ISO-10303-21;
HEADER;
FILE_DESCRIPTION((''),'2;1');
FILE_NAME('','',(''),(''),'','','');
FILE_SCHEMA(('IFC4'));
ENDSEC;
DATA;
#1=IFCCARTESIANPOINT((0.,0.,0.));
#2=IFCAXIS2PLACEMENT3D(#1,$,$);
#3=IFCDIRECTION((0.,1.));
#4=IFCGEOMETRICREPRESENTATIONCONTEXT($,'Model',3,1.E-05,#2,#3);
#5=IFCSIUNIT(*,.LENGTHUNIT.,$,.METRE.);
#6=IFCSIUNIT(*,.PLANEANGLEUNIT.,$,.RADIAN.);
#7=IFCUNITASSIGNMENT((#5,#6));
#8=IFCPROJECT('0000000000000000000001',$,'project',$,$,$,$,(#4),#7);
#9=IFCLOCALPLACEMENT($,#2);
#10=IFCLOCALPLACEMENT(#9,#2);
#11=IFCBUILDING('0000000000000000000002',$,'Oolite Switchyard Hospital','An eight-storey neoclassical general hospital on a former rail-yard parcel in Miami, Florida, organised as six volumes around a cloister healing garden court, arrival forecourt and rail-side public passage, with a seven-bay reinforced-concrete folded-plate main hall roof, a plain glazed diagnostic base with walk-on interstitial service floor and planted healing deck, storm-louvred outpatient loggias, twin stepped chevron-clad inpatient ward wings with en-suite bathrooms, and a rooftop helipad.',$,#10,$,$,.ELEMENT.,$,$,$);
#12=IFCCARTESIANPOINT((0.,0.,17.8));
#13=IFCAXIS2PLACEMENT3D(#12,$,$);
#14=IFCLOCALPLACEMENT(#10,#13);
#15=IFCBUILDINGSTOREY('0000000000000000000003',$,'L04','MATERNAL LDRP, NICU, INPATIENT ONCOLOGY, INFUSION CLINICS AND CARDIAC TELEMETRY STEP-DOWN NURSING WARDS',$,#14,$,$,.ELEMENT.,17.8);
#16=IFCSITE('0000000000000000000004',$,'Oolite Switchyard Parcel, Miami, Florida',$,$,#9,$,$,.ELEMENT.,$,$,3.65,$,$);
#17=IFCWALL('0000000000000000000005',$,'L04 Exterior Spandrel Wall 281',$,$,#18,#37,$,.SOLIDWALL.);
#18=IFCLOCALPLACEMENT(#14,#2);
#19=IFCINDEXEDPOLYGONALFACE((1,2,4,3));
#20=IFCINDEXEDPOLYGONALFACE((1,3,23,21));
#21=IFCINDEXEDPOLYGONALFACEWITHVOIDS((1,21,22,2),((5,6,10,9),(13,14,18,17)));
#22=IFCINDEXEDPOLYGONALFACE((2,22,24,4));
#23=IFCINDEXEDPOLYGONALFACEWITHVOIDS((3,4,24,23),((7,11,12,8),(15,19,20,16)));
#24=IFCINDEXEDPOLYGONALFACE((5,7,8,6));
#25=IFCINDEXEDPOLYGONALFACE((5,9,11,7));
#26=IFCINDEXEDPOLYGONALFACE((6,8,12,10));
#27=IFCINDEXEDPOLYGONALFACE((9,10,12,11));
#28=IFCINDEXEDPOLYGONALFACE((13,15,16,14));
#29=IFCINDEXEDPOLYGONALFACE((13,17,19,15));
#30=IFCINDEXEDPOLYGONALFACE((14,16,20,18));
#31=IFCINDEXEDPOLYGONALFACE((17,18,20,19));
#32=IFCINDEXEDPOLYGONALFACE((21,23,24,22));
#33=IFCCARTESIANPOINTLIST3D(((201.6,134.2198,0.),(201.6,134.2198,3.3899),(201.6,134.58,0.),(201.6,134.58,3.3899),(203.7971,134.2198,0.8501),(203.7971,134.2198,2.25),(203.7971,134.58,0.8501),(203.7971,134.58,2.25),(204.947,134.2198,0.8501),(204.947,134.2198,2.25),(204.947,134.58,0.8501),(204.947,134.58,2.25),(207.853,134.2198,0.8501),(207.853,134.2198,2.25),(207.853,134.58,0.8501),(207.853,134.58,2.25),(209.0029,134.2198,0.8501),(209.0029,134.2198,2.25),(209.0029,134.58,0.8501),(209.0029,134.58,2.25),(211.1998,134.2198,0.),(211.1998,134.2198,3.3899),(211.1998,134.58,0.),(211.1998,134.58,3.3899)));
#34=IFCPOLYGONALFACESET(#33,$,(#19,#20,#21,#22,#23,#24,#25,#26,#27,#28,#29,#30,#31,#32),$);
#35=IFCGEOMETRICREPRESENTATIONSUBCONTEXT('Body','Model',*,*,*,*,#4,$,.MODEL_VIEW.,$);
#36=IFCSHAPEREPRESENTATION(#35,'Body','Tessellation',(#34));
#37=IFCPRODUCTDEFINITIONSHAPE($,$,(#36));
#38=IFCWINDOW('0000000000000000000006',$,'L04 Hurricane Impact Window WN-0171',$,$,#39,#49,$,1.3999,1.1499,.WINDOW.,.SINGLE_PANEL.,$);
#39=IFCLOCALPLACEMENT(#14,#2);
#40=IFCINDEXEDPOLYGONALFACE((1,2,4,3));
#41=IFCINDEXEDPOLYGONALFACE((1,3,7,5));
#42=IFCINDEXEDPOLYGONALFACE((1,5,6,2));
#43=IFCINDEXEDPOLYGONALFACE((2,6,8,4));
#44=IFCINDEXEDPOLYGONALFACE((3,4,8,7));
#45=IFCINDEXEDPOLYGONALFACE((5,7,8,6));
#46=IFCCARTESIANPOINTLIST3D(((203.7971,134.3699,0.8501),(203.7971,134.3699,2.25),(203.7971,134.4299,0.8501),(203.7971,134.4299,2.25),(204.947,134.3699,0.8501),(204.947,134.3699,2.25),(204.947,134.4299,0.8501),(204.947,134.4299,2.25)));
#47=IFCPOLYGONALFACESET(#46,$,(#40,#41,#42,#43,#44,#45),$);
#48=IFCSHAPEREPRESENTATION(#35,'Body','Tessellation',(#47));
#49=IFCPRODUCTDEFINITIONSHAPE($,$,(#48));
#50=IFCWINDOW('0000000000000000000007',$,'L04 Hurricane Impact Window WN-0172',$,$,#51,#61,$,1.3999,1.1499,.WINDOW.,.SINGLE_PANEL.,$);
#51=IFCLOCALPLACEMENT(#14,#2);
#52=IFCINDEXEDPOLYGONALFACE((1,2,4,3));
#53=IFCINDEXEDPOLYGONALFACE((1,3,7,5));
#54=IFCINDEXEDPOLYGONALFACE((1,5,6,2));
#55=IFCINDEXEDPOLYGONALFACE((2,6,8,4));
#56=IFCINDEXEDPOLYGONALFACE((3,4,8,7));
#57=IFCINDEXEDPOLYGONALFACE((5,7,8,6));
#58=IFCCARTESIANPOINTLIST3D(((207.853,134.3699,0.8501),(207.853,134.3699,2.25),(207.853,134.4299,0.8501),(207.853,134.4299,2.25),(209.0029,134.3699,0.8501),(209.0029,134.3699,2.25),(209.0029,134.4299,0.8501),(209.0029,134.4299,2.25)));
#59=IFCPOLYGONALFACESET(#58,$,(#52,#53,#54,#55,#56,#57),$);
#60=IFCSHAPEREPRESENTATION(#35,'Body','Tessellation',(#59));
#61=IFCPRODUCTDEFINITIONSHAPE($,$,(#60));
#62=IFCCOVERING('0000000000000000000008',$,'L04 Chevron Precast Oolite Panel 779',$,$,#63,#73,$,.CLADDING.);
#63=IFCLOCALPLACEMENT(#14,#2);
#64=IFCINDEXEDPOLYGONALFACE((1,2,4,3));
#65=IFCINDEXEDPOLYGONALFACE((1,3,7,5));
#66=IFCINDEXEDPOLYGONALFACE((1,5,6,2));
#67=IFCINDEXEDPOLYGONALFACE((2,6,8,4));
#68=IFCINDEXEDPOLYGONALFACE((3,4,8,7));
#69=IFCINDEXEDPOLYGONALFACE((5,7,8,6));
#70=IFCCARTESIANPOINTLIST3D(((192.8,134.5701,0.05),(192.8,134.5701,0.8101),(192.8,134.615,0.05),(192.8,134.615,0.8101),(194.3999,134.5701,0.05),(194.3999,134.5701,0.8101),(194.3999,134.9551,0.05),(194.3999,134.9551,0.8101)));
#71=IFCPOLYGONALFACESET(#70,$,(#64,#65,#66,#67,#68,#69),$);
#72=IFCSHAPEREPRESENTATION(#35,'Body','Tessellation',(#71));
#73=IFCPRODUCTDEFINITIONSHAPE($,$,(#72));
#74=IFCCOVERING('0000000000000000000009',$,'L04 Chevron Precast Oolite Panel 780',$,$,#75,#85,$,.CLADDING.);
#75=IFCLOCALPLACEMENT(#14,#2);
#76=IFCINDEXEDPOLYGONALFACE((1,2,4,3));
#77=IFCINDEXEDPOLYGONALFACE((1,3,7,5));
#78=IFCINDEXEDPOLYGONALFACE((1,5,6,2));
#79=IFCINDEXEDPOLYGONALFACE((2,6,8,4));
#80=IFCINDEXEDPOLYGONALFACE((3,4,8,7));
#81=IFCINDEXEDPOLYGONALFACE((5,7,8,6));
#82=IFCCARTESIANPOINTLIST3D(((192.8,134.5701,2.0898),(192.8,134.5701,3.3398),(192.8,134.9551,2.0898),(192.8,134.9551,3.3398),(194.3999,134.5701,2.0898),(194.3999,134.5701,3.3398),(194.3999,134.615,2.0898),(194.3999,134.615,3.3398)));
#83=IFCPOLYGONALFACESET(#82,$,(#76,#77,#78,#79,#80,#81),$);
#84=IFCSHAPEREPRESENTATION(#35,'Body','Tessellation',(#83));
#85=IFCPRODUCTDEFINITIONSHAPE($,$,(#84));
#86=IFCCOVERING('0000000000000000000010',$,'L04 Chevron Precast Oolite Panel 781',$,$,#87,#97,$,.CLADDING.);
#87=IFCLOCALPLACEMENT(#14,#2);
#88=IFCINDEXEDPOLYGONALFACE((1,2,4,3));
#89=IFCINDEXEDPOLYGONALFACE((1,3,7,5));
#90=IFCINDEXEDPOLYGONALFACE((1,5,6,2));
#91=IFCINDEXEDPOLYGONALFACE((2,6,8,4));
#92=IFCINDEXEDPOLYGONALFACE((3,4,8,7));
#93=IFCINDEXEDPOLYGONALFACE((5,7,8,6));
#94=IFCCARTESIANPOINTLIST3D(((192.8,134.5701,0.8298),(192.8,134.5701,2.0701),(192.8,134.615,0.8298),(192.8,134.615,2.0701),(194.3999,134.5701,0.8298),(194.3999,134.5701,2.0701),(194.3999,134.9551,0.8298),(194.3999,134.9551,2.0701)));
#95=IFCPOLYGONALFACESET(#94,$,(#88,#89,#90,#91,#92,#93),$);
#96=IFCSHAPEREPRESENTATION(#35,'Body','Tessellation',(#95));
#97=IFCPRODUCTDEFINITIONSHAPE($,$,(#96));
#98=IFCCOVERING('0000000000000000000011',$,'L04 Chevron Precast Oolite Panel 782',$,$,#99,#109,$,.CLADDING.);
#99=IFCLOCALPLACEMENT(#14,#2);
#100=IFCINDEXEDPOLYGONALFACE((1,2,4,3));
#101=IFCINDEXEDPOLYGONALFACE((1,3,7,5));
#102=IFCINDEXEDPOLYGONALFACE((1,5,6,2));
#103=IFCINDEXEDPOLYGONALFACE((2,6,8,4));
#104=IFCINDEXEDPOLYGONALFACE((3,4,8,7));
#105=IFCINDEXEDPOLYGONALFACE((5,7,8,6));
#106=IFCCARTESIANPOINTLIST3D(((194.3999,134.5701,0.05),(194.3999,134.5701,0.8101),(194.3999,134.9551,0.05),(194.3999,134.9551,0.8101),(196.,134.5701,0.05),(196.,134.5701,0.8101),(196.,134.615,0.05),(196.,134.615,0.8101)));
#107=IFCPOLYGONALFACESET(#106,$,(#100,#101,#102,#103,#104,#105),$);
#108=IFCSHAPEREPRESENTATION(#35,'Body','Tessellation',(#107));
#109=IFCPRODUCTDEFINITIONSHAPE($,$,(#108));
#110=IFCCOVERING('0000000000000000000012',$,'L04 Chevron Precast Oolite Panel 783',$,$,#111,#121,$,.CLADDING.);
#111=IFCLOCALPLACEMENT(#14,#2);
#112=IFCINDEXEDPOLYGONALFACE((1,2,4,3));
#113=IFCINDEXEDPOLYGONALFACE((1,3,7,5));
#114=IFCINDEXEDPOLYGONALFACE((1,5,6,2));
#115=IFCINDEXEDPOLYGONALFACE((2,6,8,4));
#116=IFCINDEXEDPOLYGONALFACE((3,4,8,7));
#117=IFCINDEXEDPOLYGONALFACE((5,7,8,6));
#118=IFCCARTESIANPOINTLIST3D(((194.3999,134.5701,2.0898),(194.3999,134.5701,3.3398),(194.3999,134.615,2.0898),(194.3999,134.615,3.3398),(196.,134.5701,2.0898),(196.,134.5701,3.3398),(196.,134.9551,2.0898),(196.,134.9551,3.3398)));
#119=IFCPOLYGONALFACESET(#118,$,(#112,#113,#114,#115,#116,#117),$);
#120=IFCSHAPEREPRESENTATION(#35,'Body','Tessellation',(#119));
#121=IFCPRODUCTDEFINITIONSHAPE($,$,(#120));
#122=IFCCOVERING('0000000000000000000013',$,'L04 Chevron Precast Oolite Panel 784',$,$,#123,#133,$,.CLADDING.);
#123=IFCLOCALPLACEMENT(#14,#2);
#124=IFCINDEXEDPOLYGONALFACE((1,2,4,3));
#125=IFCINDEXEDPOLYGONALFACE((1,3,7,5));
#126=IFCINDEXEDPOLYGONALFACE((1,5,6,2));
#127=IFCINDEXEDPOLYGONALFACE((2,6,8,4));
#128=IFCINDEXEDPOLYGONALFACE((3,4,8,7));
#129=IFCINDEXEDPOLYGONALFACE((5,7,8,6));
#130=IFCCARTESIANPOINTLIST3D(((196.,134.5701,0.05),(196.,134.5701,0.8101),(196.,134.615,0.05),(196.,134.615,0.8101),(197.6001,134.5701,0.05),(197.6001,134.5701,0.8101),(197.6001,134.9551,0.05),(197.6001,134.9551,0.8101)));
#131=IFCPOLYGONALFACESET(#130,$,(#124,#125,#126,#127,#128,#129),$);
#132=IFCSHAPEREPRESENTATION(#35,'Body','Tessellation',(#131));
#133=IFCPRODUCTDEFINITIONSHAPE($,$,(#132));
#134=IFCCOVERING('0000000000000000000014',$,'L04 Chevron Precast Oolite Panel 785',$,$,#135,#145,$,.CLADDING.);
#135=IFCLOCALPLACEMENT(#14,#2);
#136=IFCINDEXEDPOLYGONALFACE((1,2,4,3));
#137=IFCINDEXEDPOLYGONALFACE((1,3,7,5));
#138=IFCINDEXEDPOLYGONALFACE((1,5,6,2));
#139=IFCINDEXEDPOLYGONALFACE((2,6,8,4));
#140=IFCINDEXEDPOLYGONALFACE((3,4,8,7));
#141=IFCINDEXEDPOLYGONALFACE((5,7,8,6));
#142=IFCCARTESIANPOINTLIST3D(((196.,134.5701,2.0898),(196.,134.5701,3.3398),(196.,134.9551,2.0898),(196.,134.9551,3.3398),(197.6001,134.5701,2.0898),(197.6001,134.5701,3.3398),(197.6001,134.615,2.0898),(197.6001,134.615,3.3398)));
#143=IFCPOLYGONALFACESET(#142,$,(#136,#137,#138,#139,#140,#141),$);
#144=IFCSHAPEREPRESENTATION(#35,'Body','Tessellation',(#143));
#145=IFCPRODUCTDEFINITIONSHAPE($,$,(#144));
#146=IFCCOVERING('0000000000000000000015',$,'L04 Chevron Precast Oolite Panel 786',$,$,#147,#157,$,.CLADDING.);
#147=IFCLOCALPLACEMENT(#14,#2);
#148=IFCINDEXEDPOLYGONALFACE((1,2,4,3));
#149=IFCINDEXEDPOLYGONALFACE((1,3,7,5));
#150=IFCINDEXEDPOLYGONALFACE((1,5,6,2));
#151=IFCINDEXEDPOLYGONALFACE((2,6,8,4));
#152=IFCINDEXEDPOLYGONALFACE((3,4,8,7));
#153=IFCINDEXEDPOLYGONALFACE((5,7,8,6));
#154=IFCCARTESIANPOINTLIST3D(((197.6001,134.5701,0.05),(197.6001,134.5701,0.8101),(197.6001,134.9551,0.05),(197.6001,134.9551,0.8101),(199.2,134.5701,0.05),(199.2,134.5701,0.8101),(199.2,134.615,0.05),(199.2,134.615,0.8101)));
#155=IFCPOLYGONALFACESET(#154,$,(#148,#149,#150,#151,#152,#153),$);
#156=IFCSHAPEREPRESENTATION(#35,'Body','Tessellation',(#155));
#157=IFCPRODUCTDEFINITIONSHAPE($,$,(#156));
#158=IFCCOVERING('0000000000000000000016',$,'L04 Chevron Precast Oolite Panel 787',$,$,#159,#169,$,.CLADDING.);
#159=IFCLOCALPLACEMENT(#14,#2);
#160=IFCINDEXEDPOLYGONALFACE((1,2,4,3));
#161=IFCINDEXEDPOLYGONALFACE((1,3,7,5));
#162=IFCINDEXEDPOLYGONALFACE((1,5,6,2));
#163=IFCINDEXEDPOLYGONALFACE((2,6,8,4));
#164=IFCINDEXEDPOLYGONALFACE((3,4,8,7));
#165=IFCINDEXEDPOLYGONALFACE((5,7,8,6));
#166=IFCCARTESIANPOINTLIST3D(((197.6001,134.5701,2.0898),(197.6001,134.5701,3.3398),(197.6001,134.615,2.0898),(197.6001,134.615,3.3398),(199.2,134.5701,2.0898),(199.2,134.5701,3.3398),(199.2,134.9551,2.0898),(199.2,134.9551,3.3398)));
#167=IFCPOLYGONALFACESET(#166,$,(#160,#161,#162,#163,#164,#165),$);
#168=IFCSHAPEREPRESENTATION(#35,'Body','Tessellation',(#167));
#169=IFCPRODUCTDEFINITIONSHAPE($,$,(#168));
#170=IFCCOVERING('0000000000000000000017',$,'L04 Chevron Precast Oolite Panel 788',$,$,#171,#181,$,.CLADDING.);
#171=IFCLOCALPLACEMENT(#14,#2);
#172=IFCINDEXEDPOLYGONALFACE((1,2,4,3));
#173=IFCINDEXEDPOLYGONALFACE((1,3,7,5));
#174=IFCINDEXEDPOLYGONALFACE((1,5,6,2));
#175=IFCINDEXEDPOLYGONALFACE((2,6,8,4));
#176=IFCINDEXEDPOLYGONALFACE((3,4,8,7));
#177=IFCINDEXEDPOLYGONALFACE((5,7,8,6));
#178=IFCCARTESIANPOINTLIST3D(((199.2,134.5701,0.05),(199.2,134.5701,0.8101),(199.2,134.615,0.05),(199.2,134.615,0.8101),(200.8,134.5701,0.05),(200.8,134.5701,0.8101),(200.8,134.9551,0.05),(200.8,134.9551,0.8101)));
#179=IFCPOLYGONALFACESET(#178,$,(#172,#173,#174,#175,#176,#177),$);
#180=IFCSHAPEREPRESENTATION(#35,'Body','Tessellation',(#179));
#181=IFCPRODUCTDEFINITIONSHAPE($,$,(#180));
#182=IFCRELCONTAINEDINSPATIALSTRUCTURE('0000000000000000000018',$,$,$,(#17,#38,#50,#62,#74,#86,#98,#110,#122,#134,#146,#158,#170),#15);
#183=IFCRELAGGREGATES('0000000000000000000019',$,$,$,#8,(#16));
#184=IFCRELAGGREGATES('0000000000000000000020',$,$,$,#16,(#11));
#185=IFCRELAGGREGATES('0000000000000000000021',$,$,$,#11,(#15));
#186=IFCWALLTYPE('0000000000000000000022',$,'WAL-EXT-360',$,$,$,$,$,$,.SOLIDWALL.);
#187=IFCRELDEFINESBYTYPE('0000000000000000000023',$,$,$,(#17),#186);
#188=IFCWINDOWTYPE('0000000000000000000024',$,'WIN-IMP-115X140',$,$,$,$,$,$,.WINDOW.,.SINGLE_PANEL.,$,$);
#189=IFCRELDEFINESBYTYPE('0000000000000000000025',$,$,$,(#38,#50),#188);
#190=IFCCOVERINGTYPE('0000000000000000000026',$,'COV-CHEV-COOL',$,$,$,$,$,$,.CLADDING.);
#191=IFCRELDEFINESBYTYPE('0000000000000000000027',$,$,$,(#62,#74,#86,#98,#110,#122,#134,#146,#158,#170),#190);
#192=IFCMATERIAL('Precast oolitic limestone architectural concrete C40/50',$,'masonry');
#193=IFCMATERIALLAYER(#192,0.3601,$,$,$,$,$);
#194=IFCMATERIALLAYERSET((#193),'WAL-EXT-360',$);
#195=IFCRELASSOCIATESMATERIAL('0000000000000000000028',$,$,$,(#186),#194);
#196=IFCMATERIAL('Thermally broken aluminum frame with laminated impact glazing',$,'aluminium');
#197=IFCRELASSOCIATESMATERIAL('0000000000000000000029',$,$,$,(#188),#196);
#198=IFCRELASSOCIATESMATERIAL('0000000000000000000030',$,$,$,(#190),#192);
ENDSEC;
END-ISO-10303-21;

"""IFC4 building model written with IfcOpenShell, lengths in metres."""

from ifc_helpers import new_model, si_unit, direction, frame, frame_2d, origin, place, context, subcontext, project, spatial, polyline, rectangle, outline, extrude, material, layer, layer_set, type_object, element, fill, save


model = new_model("IFC4")

# Units and contexts
model_context = context("Model", 3, precision=1e-05, world=origin(), true_north=direction((0.0, 1.0)))
body_context = subcontext(model_context, "Body", "Model", "MODEL_VIEW")
ifc_project = project(units=[si_unit("LENGTHUNIT", "METRE"), si_unit("PLANEANGLEUNIT", "RADIAN")], contexts=[model_context])

# Site, building, storey
site_placement = place(None, origin())
site = spatial("IfcSite", under=ifc_project, at=site_placement, Name="Oolite Switchyard Parcel, Miami, Florida", CompositionType="ELEMENT", RefElevation=3.65)
building_placement = place(site_placement, origin())
building = spatial("IfcBuilding", under=site, at=building_placement, Name="Oolite Switchyard Hospital", Description="An eight-storey neoclassical general hospital on a former rail-yard parcel in Miami, Florida, organised as six volumes around a cloister healing garden court, arrival forecourt and rail-side public passage, with a seven-bay reinforced-concrete folded-plate main hall roof, a plain glazed diagnostic base with walk-on interstitial service floor and planted healing deck, storm-louvred outpatient loggias, twin stepped chevron-clad inpatient ward wings with en-suite bathrooms, and a rooftop helipad.", CompositionType="ELEMENT")
storey_placement = place(building_placement, frame((0.0, 0.0, 17.8)))
storey = spatial("IfcBuildingStorey", under=building, at=storey_placement, Name="L04", Description="MATERNAL LDRP, NICU, INPATIENT ONCOLOGY, INFUSION CLINICS AND CARDIAC TELEMETRY STEP-DOWN NURSING WARDS", CompositionType="ELEMENT", Elevation=17.8)

# Wall, openings, windows
ifc_material_1 = material(Name="Precast oolitic limestone architectural concrete C40/50", Category="masonry")
ifc_layer = layer(ifc_material_1, 0.3601)
ifc_layer_set = layer_set([ifc_layer], Name="WAL-EXT-360")
wall_type = type_object("IfcWallType", Name="WAL-EXT-360", PredefinedType="SOLIDWALL", material=ifc_layer_set)
wall_placement = place(storey_placement, frame((201.6001, 134.3999, 0.0), z_axis=(0.0, 0.0, 1.0), x_axis=(1.0, 0.0, 0.0)))
wall = element("IfcWall", 1, at=wall_placement, inside=storey, type_object=wall_type, Name="L04 Exterior Spandrel Wall 281", PredefinedType="SOLIDWALL", context=body_context, shape_type="SweptSolid", body=[
    extrude(rectangle(XDim=9.5999, YDim=0.3601, at=frame_2d((4.7998, 0.0))), origin(), (0.0, 0.0, 1.0), 3.3899),
])
opening_1_placement = place(wall_placement, frame((2.197, 0.0, 0.8501)))
opening_1 = element("IfcOpeningElement", 2, at=opening_1_placement, cuts=wall, PredefinedType="OPENING", context=body_context, shape_type="SweptSolid", body=[
    extrude(rectangle(XDim=1.1499, YDim=1.3999, at=frame_2d((0.575, 0.7))), frame((0.0, 0.1899, 0.0), z_axis=(0.0, -1.0, 0.0), x_axis=(1.0, 0.0, 0.0)), (0.0, 0.0, 1.0), 0.3801),
])
opening_2_placement = place(wall_placement, frame((6.2529, 0.0, 0.8501)))
opening_2 = element("IfcOpeningElement", 3, at=opening_2_placement, cuts=wall, PredefinedType="OPENING", context=body_context, shape_type="SweptSolid", body=[
    extrude(rectangle(XDim=1.1499, YDim=1.3999, at=frame_2d((0.575, 0.7))), frame((0.0, 0.1899, 0.0), z_axis=(0.0, -1.0, 0.0), x_axis=(1.0, 0.0, 0.0)), (0.0, 0.0, 1.0), 0.3801),
])
ifc_material_2 = material(Name="Thermally broken aluminum frame with laminated impact glazing", Category="aluminium")
window_type = type_object("IfcWindowType", Name="WIN-IMP-115X140", PartitioningType="SINGLE_PANEL", PredefinedType="WINDOW", material=ifc_material_2)
window_1_placement = place(opening_1_placement, origin())
window_1 = element("IfcWindow", 4, at=window_1_placement, inside=storey, type_object=window_type, Name="L04 Hurricane Impact Window WN-0171", OverallHeight=1.3999, OverallWidth=1.1499, PartitioningType="SINGLE_PANEL", PredefinedType="WINDOW", context=body_context, shape_type="SweptSolid", body=[
    extrude(rectangle(XDim=1.1499, YDim=1.3999, at=frame_2d((0.575, 0.7))), frame((0.0, 0.03, 0.0), z_axis=(0.0, -1.0, 0.0), x_axis=(1.0, 0.0, 0.0)), (0.0, 0.0, 1.0), 0.0601),
])
fill(opening_1, window_1)
window_2_placement = place(opening_2_placement, origin())
window_2 = element("IfcWindow", 5, at=window_2_placement, inside=storey, type_object=window_type, Name="L04 Hurricane Impact Window WN-0172", OverallHeight=1.3999, OverallWidth=1.1499, PartitioningType="SINGLE_PANEL", PredefinedType="WINDOW", context=body_context, shape_type="SweptSolid", body=[
    extrude(rectangle(XDim=1.1499, YDim=1.3999, at=frame_2d((0.575, 0.7))), frame((0.0, 0.03, 0.0), z_axis=(0.0, -1.0, 0.0), x_axis=(1.0, 0.0, 0.0)), (0.0, 0.0, 1.0), 0.0601),
])
fill(opening_2, window_2)

# Coverings
covering_type = type_object("IfcCoveringType", Name="COV-CHEV-COOL", PredefinedType="CLADDING", material=ifc_material_1)
covering_1_placement = place(storey_placement, frame((192.8, 134.5701, 0.05), z_axis=(0.0, 0.0, 1.0), x_axis=(1.0, 0.0, 0.0)))
element("IfcCovering", 6, at=covering_1_placement, inside=storey, type_object=covering_type, Name="L04 Chevron Precast Oolite Panel 779", PredefinedType="CLADDING", context=body_context, shape_type="SweptSolid", body=[
    extrude(outline(polyline([(0.0, 0.0), (1.5999, 0.0), (1.5999, 0.385), (0.0, 0.0449), (0.0, 0.0)])), origin(), (0.0, 0.0, 1.0), 0.76),
])
covering_2_placement = place(storey_placement, frame((192.8, 134.5701, 2.0898), z_axis=(0.0, 0.0, 1.0), x_axis=(1.0, 0.0, 0.0)))
element("IfcCovering", 7, at=covering_2_placement, inside=storey, type_object=covering_type, Name="L04 Chevron Precast Oolite Panel 780", PredefinedType="CLADDING", context=body_context, shape_type="SweptSolid", body=[
    extrude(outline(polyline([(0.0, 0.0), (1.5999, 0.0), (1.5999, 0.0449), (0.0, 0.385), (0.0, 0.0)])), origin(), (0.0, 0.0, 1.0), 1.25),
])
covering_3_placement = place(storey_placement, frame((192.8, 134.5701, 0.8298), z_axis=(0.0, 0.0, 1.0), x_axis=(1.0, 0.0, 0.0)))
element("IfcCovering", 8, at=covering_3_placement, inside=storey, type_object=covering_type, Name="L04 Chevron Precast Oolite Panel 781", PredefinedType="CLADDING", context=body_context, shape_type="SweptSolid", body=[
    extrude(outline(polyline([(0.0, 0.0), (1.5999, 0.0), (1.5999, 0.385), (0.0, 0.0449), (0.0, 0.0)])), origin(), (0.0, 0.0, 1.0), 1.2402),
])
covering_4_placement = place(storey_placement, frame((194.3999, 134.5701, 0.05), z_axis=(0.0, 0.0, 1.0), x_axis=(1.0, 0.0, 0.0)))
element("IfcCovering", 9, at=covering_4_placement, inside=storey, type_object=covering_type, Name="L04 Chevron Precast Oolite Panel 782", PredefinedType="CLADDING", context=body_context, shape_type="SweptSolid", body=[
    extrude(outline(polyline([(0.0, 0.0), (1.6001, 0.0), (1.6001, 0.0449), (0.0, 0.385), (0.0, 0.0)])), origin(), (0.0, 0.0, 1.0), 0.76),
])
covering_5_placement = place(storey_placement, frame((194.3999, 134.5701, 2.0898), z_axis=(0.0, 0.0, 1.0), x_axis=(1.0, 0.0, 0.0)))
element("IfcCovering", 10, at=covering_5_placement, inside=storey, type_object=covering_type, Name="L04 Chevron Precast Oolite Panel 783", PredefinedType="CLADDING", context=body_context, shape_type="SweptSolid", body=[
    extrude(outline(polyline([(0.0, 0.0), (1.6001, 0.0), (1.6001, 0.385), (0.0, 0.0449), (0.0, 0.0)])), origin(), (0.0, 0.0, 1.0), 1.25),
])
covering_6_placement = place(storey_placement, frame((196.0, 134.5701, 0.05), z_axis=(0.0, 0.0, 1.0), x_axis=(1.0, 0.0, 0.0)))
element("IfcCovering", 11, at=covering_6_placement, inside=storey, type_object=covering_type, Name="L04 Chevron Precast Oolite Panel 784", PredefinedType="CLADDING", context=body_context, shape_type="SweptSolid", body=[
    extrude(outline(polyline([(0.0, 0.0), (1.6001, 0.0), (1.6001, 0.385), (0.0, 0.0449), (0.0, 0.0)])), origin(), (0.0, 0.0, 1.0), 0.76),
])
covering_7_placement = place(storey_placement, frame((196.0, 134.5701, 2.0898), z_axis=(0.0, 0.0, 1.0), x_axis=(1.0, 0.0, 0.0)))
element("IfcCovering", 12, at=covering_7_placement, inside=storey, type_object=covering_type, Name="L04 Chevron Precast Oolite Panel 785", PredefinedType="CLADDING", context=body_context, shape_type="SweptSolid", body=[
    extrude(outline(polyline([(0.0, 0.0), (1.6001, 0.0), (1.6001, 0.0449), (0.0, 0.385), (0.0, 0.0)])), origin(), (0.0, 0.0, 1.0), 1.25),
])
covering_8_placement = place(storey_placement, frame((197.6001, 134.5701, 0.05), z_axis=(0.0, 0.0, 1.0), x_axis=(1.0, 0.0, 0.0)))
element("IfcCovering", 13, at=covering_8_placement, inside=storey, type_object=covering_type, Name="L04 Chevron Precast Oolite Panel 786", PredefinedType="CLADDING", context=body_context, shape_type="SweptSolid", body=[
    extrude(outline(polyline([(0.0, 0.0), (1.5999, 0.0), (1.5999, 0.0449), (0.0, 0.385), (0.0, 0.0)])), origin(), (0.0, 0.0, 1.0), 0.76),
])
covering_9_placement = place(storey_placement, frame((197.6001, 134.5701, 2.0898), z_axis=(0.0, 0.0, 1.0), x_axis=(1.0, 0.0, 0.0)))
element("IfcCovering", 14, at=covering_9_placement, inside=storey, type_object=covering_type, Name="L04 Chevron Precast Oolite Panel 787", PredefinedType="CLADDING", context=body_context, shape_type="SweptSolid", body=[
    extrude(outline(polyline([(0.0, 0.0), (1.5999, 0.0), (1.5999, 0.385), (0.0, 0.0449), (0.0, 0.0)])), origin(), (0.0, 0.0, 1.0), 1.25),
])
covering_10_placement = place(storey_placement, frame((199.2, 134.5701, 0.05), z_axis=(0.0, 0.0, 1.0), x_axis=(1.0, 0.0, 0.0)))
element("IfcCovering", 15, at=covering_10_placement, inside=storey, type_object=covering_type, Name="L04 Chevron Precast Oolite Panel 788", PredefinedType="CLADDING", context=body_context, shape_type="SweptSolid", body=[
    extrude(outline(polyline([(0.0, 0.0), (1.6001, 0.0), (1.6001, 0.385), (0.0, 0.0449), (0.0, 0.0)])), origin(), (0.0, 0.0, 1.0), 0.76),
])

save(model, "model.ifc")
